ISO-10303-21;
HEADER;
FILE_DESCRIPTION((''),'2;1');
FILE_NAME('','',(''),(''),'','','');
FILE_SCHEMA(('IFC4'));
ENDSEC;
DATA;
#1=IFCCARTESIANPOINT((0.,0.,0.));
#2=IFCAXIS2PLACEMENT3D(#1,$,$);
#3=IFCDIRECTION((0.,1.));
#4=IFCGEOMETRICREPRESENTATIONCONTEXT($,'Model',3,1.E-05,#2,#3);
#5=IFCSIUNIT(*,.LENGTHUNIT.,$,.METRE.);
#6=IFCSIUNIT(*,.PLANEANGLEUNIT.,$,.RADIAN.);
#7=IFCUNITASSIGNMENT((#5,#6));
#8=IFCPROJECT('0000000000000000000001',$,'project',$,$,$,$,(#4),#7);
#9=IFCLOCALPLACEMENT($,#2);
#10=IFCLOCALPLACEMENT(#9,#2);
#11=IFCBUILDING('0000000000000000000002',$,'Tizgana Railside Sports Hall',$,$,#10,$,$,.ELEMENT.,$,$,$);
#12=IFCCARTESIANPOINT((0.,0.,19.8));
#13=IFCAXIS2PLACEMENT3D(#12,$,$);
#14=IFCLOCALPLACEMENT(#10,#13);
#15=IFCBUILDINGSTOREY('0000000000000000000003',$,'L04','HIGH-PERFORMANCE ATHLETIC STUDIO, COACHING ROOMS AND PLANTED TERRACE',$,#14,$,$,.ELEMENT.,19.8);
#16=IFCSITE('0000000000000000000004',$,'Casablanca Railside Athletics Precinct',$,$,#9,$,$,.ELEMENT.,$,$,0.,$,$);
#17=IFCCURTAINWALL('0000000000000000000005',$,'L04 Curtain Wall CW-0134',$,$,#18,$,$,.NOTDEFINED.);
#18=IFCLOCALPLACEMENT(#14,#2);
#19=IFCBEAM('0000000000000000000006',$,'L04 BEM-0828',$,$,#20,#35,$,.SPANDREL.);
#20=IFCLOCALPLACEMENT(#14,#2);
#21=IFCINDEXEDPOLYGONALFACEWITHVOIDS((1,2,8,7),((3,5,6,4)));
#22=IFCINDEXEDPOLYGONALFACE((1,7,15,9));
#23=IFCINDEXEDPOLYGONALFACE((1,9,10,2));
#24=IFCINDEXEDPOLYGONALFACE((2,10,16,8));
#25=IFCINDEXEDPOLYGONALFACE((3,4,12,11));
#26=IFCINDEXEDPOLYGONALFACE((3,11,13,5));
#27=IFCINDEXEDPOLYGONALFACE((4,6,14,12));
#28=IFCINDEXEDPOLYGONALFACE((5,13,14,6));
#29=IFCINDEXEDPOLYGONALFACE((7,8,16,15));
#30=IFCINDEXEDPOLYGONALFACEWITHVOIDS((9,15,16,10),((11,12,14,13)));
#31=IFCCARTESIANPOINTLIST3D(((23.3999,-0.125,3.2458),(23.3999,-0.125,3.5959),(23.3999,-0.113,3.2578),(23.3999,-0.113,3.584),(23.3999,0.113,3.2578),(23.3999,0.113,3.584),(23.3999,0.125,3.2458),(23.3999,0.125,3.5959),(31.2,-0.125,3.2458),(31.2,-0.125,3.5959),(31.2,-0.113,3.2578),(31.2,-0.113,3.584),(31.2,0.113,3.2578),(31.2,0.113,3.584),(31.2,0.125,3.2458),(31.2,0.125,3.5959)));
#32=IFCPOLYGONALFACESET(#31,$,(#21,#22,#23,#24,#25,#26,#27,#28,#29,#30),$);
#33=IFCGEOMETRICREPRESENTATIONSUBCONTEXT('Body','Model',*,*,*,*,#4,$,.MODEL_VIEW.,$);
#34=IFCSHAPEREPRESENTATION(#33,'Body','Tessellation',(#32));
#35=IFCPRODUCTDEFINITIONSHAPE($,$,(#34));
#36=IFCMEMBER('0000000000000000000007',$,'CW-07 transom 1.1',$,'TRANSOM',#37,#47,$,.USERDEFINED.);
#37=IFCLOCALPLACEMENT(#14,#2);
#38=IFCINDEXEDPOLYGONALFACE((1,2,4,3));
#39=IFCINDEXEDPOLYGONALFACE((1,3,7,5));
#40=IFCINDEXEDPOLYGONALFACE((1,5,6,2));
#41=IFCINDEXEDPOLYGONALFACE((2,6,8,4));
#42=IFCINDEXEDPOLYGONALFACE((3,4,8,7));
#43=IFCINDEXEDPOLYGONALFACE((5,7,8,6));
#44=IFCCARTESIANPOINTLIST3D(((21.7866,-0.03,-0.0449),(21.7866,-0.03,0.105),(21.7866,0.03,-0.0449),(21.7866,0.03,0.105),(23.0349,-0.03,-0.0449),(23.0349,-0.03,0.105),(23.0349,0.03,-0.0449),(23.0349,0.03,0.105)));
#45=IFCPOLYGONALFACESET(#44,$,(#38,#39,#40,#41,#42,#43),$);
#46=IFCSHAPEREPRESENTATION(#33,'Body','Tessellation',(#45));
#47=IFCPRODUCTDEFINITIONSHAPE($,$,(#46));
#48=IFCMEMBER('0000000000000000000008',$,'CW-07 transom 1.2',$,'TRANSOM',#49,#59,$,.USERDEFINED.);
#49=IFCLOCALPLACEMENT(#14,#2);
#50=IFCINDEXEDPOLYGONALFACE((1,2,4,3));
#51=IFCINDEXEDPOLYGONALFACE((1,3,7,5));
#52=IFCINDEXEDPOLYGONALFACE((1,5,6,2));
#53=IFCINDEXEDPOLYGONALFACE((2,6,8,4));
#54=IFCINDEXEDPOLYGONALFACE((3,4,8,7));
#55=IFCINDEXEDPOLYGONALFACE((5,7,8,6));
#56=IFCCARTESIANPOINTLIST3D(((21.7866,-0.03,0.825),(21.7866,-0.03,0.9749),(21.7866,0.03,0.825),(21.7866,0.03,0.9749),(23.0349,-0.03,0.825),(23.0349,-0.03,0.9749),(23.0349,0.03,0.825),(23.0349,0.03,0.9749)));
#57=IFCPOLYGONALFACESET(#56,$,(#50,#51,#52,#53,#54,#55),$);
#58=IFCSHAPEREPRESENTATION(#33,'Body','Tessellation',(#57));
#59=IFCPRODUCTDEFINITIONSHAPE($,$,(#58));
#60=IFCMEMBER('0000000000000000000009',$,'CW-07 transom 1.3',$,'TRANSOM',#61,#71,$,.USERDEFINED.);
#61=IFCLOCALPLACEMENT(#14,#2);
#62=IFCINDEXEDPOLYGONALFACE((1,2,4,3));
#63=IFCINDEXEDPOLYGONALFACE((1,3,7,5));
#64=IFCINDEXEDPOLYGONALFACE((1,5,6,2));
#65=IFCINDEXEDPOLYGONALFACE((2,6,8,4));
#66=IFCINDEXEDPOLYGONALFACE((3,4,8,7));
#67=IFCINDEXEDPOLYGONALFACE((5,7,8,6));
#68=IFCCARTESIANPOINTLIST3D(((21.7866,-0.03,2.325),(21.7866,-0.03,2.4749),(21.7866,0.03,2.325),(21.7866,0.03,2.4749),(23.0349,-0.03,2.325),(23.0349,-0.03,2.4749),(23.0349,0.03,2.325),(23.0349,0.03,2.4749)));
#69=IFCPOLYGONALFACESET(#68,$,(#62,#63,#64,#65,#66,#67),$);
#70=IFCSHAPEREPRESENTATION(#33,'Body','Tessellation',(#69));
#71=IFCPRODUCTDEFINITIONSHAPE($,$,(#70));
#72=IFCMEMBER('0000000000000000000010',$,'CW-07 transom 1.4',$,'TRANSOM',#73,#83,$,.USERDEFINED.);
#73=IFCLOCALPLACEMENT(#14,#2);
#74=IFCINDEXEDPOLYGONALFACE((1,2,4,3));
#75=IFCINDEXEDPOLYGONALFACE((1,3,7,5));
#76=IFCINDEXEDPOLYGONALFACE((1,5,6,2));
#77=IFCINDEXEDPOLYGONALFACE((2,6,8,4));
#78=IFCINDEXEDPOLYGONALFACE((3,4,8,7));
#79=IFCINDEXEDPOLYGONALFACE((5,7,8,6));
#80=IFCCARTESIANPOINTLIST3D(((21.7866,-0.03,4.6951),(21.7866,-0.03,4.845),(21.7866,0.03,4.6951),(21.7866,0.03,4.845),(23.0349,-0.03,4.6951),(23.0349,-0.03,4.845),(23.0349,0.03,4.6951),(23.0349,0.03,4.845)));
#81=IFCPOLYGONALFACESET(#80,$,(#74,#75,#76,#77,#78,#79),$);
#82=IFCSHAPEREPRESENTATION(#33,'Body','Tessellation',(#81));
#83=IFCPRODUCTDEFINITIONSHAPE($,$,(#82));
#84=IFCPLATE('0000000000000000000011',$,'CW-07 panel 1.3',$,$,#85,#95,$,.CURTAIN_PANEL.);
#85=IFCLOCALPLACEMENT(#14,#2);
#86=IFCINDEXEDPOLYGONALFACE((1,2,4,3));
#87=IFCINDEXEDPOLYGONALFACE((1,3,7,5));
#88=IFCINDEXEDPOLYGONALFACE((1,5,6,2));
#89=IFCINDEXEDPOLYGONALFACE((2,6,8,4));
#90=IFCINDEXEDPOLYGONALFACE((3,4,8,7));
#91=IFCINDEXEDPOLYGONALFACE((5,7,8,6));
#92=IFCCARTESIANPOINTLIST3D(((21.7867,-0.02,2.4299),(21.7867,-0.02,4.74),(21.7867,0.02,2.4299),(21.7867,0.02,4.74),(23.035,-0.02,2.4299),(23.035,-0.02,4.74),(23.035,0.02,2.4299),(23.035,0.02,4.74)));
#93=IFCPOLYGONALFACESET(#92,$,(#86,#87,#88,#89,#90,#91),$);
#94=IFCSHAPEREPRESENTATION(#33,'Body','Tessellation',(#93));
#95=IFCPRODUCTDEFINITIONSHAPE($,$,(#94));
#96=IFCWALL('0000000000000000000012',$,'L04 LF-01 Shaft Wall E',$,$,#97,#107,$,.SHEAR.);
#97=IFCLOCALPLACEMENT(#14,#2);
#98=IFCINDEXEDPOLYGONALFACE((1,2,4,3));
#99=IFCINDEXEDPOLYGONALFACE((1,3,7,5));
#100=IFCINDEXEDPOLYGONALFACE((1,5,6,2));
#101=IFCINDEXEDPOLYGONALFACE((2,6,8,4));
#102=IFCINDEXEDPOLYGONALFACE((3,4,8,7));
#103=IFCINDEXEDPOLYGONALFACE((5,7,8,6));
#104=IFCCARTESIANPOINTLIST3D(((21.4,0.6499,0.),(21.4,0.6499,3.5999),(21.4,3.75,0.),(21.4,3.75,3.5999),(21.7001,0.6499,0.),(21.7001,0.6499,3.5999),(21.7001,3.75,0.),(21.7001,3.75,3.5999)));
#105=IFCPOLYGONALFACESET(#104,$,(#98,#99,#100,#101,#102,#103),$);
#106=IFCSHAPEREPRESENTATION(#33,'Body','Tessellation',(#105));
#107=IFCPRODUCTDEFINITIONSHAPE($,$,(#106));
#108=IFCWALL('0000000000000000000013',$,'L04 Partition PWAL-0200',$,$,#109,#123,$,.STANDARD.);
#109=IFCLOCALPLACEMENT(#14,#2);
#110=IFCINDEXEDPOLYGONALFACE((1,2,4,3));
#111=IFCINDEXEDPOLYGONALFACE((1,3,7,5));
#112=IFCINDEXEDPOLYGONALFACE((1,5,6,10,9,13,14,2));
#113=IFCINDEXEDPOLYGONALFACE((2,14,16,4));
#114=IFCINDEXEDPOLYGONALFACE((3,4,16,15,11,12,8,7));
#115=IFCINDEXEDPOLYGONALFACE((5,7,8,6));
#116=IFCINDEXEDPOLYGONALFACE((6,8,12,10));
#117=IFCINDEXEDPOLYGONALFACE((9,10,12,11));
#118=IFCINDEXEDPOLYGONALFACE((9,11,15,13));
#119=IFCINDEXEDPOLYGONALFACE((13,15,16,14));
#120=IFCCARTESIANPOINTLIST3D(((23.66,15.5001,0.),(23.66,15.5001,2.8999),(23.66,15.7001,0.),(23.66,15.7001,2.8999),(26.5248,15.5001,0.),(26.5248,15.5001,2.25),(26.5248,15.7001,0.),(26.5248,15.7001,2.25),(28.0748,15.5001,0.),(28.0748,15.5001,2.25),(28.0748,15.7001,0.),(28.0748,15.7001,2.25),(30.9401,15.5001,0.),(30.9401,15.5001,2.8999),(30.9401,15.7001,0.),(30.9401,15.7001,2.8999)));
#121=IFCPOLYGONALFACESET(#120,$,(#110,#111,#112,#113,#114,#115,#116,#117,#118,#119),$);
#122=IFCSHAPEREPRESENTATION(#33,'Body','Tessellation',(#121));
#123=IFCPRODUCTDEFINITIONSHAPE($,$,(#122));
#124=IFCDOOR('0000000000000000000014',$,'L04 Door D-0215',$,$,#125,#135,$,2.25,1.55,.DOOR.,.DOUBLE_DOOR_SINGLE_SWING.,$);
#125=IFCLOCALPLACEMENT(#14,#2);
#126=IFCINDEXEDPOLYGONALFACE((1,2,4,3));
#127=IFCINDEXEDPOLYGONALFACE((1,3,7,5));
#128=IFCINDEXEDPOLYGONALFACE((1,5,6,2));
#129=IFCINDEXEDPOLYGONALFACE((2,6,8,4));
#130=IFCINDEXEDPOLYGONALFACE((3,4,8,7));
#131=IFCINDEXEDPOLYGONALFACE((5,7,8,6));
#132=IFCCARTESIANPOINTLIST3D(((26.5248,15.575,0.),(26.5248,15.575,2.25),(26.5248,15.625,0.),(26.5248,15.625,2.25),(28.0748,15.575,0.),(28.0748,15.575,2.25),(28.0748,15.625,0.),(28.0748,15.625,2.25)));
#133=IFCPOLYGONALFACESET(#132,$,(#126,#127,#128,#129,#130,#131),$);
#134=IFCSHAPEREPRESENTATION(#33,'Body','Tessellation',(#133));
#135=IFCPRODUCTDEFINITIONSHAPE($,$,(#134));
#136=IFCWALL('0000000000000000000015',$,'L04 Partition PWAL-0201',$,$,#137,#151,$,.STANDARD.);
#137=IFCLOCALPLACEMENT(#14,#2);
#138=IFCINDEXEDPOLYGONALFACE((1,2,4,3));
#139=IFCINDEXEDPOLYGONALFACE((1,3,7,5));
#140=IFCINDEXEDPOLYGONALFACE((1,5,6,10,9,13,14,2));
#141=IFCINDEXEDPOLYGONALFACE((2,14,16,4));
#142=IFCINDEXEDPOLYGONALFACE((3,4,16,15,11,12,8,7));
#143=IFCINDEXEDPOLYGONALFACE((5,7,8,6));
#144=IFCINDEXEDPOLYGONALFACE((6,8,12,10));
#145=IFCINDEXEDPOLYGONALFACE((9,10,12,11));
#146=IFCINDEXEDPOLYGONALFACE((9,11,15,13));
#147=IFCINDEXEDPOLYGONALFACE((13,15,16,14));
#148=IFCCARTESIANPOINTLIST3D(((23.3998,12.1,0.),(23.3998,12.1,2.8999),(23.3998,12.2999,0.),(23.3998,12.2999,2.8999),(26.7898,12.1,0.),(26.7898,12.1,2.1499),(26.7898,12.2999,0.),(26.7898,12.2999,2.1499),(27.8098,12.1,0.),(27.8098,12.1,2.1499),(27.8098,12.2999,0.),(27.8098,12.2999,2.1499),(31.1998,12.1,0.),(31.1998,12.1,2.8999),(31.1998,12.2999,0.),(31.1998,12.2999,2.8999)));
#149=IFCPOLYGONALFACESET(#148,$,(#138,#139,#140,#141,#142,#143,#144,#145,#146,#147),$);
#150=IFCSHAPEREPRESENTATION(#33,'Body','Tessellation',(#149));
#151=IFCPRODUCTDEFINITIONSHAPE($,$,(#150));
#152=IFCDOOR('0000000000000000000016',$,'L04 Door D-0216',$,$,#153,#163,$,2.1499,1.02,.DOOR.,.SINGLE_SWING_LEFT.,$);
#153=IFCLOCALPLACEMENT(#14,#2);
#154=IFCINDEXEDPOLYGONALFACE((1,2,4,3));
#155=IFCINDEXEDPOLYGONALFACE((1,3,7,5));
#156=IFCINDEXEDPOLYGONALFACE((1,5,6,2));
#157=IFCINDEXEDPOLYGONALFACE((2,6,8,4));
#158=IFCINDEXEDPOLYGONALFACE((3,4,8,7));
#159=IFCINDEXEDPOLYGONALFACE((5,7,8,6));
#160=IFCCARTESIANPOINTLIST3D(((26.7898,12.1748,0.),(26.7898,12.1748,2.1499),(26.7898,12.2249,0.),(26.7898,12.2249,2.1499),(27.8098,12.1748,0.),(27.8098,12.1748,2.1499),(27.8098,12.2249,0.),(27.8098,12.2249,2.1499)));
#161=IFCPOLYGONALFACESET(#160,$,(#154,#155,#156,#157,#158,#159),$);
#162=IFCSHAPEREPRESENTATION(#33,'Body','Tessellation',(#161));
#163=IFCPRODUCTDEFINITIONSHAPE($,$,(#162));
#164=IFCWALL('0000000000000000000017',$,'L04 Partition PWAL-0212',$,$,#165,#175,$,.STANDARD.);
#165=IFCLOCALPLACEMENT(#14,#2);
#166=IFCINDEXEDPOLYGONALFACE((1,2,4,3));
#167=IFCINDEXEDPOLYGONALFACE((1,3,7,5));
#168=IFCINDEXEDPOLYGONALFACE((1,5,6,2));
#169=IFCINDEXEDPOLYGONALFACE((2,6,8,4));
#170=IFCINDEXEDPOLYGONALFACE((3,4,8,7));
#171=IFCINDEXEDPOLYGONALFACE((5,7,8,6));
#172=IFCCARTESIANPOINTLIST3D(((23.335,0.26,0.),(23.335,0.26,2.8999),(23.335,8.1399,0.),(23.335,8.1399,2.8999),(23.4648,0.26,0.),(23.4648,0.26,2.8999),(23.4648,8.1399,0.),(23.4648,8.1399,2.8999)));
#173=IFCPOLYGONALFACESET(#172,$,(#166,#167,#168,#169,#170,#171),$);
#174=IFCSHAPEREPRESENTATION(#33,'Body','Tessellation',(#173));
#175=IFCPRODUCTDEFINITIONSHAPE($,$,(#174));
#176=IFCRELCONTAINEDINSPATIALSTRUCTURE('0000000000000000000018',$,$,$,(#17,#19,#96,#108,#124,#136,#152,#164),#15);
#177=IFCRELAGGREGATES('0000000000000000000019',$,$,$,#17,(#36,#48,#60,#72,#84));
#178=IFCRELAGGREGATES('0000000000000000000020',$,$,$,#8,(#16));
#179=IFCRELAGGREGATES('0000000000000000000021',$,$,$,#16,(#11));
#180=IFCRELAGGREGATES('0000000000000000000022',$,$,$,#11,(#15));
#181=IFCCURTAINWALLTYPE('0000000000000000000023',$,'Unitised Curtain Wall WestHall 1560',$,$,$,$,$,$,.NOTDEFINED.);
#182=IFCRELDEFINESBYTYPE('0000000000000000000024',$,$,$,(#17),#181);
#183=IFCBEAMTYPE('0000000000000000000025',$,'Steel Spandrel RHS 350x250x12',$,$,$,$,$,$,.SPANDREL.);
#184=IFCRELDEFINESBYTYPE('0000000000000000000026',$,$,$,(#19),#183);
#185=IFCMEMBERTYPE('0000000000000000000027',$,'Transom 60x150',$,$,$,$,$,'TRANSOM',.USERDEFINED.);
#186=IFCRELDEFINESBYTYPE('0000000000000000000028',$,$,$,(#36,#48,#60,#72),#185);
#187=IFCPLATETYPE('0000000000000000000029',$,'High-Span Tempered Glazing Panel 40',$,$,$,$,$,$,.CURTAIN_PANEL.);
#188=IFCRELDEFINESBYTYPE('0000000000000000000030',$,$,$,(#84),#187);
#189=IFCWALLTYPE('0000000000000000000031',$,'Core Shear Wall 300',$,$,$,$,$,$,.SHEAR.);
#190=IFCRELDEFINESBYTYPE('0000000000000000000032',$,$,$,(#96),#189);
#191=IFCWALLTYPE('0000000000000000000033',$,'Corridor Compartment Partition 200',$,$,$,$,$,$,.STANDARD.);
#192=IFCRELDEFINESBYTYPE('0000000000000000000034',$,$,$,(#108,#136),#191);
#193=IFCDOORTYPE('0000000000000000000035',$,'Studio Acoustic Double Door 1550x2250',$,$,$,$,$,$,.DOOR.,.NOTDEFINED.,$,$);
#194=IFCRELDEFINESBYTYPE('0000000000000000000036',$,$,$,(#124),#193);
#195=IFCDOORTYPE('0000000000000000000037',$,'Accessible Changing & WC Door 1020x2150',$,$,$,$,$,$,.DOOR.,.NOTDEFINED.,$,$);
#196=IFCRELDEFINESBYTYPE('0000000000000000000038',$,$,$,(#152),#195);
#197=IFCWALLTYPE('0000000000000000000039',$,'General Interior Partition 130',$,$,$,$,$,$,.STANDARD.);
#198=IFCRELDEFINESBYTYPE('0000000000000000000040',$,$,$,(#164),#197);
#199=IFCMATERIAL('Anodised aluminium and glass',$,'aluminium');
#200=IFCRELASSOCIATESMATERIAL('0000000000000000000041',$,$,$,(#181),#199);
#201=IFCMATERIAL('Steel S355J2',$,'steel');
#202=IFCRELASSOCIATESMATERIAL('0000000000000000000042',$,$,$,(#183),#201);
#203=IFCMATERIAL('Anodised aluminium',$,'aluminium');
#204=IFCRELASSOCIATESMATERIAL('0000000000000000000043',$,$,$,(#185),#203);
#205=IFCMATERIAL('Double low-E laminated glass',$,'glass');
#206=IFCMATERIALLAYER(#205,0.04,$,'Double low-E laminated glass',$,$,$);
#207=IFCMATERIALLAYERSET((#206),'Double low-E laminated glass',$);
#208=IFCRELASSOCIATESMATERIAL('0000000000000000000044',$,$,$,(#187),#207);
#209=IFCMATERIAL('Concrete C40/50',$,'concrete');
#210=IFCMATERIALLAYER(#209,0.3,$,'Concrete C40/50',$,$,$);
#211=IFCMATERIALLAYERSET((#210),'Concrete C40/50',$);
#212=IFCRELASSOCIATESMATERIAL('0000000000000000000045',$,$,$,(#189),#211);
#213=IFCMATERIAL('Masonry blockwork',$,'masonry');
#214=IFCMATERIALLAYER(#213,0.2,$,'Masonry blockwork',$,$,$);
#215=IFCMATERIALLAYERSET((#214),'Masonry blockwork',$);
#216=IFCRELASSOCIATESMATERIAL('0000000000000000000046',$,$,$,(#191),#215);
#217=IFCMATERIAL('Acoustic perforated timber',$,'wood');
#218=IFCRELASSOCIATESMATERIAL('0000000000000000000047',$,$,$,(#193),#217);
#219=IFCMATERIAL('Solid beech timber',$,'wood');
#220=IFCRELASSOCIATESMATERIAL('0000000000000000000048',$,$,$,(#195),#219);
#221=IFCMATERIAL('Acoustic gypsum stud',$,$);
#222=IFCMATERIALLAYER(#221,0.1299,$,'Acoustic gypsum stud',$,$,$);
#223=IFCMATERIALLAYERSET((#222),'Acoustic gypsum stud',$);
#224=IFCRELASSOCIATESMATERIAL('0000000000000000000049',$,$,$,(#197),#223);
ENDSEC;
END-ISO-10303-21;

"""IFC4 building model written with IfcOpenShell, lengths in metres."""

from ifc_helpers import new_model, si_unit, direction, frame, frame_2d, origin, origin_2d, place, context, subcontext, project, spatial, rectangle, hollow_rectangle, extrude, material, layer, layer_set, material_profile, profile_set, type_object, element, fill, aggregate, save


model = new_model("IFC4")

# Units and contexts
model_context = context("Model", 3, precision=1e-05, world=origin(), true_north=direction((0.0, 1.0)))
body_context = subcontext(model_context, "Body", "Model", "MODEL_VIEW")
ifc_project = project(units=[si_unit("LENGTHUNIT", "METRE"), si_unit("PLANEANGLEUNIT", "RADIAN")], contexts=[model_context])

# Site, building, storey
site_placement = place(None, origin())
site = spatial("IfcSite", under=ifc_project, at=site_placement, Name="Casablanca Railside Athletics Precinct", CompositionType="ELEMENT", RefElevation=0.0)
building_placement = place(site_placement, origin())
building = spatial("IfcBuilding", under=site, at=building_placement, Name="Tizgana Railside Sports Hall", CompositionType="ELEMENT")
storey_placement = place(building_placement, frame((0.0, 0.0, 19.8)))
storey = spatial("IfcBuildingStorey", under=building, at=storey_placement, Name="L04", Description="HIGH-PERFORMANCE ATHLETIC STUDIO, COACHING ROOMS AND PLANTED TERRACE", CompositionType="ELEMENT", Elevation=19.8)

# Curtain wall
ifc_material_1 = material(Name="Anodised aluminium and glass", Category="aluminium")
curtain_wall_type = type_object("IfcCurtainWallType", Name="Unitised Curtain Wall WestHall 1560", PredefinedType="NOTDEFINED", material=ifc_material_1)
curtain_wall_placement = place(storey_placement, origin())
curtain_wall = element("IfcCurtainWall", 1, at=curtain_wall_placement, inside=storey, type_object=curtain_wall_type, Name="L04 Curtain Wall CW-0134", PredefinedType="NOTDEFINED")
ifc_material_2 = material(Name="Anodised aluminium", Category="aluminium")

# Beam
ifc_material_3 = material(Name="Steel S355J2", Category="steel")
ifc_material_profile_1 = material_profile(ifc_material_3, hollow_rectangle(XDim=0.25, YDim=0.3501, WallThickness=0.012, at=origin_2d()), Name="RHS 350x250x12")
ifc_profile_set_1 = profile_set([ifc_material_profile_1], Name="Steel S355J2")
beam_type_1 = type_object("IfcBeamType", Name="Steel Spandrel RHS 350x250x12", PredefinedType="SPANDREL", material=ifc_profile_set_1)
beam_1_placement = place(storey_placement, frame((23.3999, 0.0, 3.4209), z_axis=(1.0, 0.0, 0.0), x_axis=(0.0, 1.0, 0.0)))
element("IfcBeam", 2, at=beam_1_placement, inside=storey, type_object=beam_type_1, Name="L04 BEM-0828", PredefinedType="SPANDREL", context=body_context, shape_type="SweptSolid", body=[
    extrude(hollow_rectangle(XDim=0.25, YDim=0.3501, WallThickness=0.012, at=origin_2d()), origin(), (0.0, 0.0, 1.0), 7.8),
])

# Members
ifc_material_profile_2 = material_profile(ifc_material_2, rectangle(XDim=0.0601, YDim=0.1499, at=origin_2d()), Name="Transom 60x150")
ifc_profile_set_2 = profile_set([ifc_material_profile_2], Name="Anodised aluminium")
member_type_1 = type_object("IfcMemberType", Name="Transom 60x150", ElementType="TRANSOM", PredefinedType="USERDEFINED", material=ifc_profile_set_2)
member_1_placement = place(storey_placement, frame((23.0349, 0.0, 0.03), z_axis=(-1.0, 0.0, 0.0), x_axis=(0.0, -1.0, 0.0)))
member_1 = element("IfcMember", 3, at=member_1_placement, type_object=member_type_1, Name="CW-07 transom 1.1", ObjectType="TRANSOM", PredefinedType="USERDEFINED", context=body_context, shape_type="SweptSolid", body=[
    extrude(rectangle(XDim=0.0601, YDim=0.1499, at=origin_2d()), origin(), (0.0, 0.0, 1.0), 1.2483),
])
member_2_placement = place(storey_placement, frame((23.0349, 0.0, 0.8999), z_axis=(-1.0, 0.0, 0.0), x_axis=(0.0, -1.0, 0.0)))
member_2 = element("IfcMember", 4, at=member_2_placement, type_object=member_type_1, Name="CW-07 transom 1.2", ObjectType="TRANSOM", PredefinedType="USERDEFINED", context=body_context, shape_type="SweptSolid", body=[
    extrude(rectangle(XDim=0.0601, YDim=0.1499, at=origin_2d()), origin(), (0.0, 0.0, 1.0), 1.2483),
])
member_3_placement = place(storey_placement, frame((23.0349, 0.0, 2.3999), z_axis=(-1.0, 0.0, 0.0), x_axis=(0.0, -1.0, 0.0)))
member_3 = element("IfcMember", 5, at=member_3_placement, type_object=member_type_1, Name="CW-07 transom 1.3", ObjectType="TRANSOM", PredefinedType="USERDEFINED", context=body_context, shape_type="SweptSolid", body=[
    extrude(rectangle(XDim=0.0601, YDim=0.1499, at=origin_2d()), origin(), (0.0, 0.0, 1.0), 1.2483),
])
member_4_placement = place(storey_placement, frame((23.0349, 0.0, 4.77), z_axis=(-1.0, 0.0, 0.0), x_axis=(0.0, -1.0, 0.0)))
member_4 = element("IfcMember", 6, at=member_4_placement, type_object=member_type_1, Name="CW-07 transom 1.4", ObjectType="TRANSOM", PredefinedType="USERDEFINED", context=body_context, shape_type="SweptSolid", body=[
    extrude(rectangle(XDim=0.0601, YDim=0.1499, at=origin_2d()), origin(), (0.0, 0.0, 1.0), 1.2483),
])

# Plate
ifc_material_4 = material(Name="Double low-E laminated glass", Category="glass")
ifc_layer_1 = layer(ifc_material_4, 0.04, Name="Double low-E laminated glass")
ifc_layer_set_1 = layer_set([ifc_layer_1], Name="Double low-E laminated glass")
plate_type = type_object("IfcPlateType", Name="High-Span Tempered Glazing Panel 40", PredefinedType="CURTAIN_PANEL", material=ifc_layer_set_1)
plate_placement = place(storey_placement, frame((22.4109, 0.0, 2.4299), z_axis=(0.0, 0.0, 1.0), x_axis=(-1.0, 0.0, 0.0)))
plate = element("IfcPlate", 7, at=plate_placement, type_object=plate_type, Name="CW-07 panel 1.3", PredefinedType="CURTAIN_PANEL", context=body_context, shape_type="SweptSolid", body=[
    extrude(rectangle(XDim=1.2483, YDim=0.04, at=origin_2d()), origin(), (0.0, 0.0, 1.0), 2.3101),
])
aggregate(curtain_wall, [member_1, member_2, member_3, member_4, plate])

# Wall
ifc_material_5 = material(Name="Concrete C40/50", Category="concrete")
ifc_layer_2 = layer(ifc_material_5, 0.3, Name="Concrete C40/50")
ifc_layer_set_2 = layer_set([ifc_layer_2], Name="Concrete C40/50")
wall_type_1 = type_object("IfcWallType", Name="Core Shear Wall 300", PredefinedType="SHEAR", material=ifc_layer_set_2)
wall_1_placement = place(storey_placement, frame((21.55, 0.6499, 0.0), z_axis=(0.0, 0.0, 1.0), x_axis=(0.0, 1.0, 0.0)))
element("IfcWall", 8, at=wall_1_placement, inside=storey, type_object=wall_type_1, Name="L04 LF-01 Shaft Wall E", PredefinedType="SHEAR", context=body_context, shape_type="SweptSolid", body=[
    extrude(rectangle(XDim=3.1001, YDim=0.3, at=frame_2d((1.55, 0.0))), origin(), (0.0, 0.0, 1.0), 3.5999),
])

# Walls, openings, doors
ifc_material_6 = material(Name="Masonry blockwork", Category="masonry")
ifc_layer_3 = layer(ifc_material_6, 0.2, Name="Masonry blockwork")
ifc_layer_set_3 = layer_set([ifc_layer_3], Name="Masonry blockwork")
wall_type_2 = type_object("IfcWallType", Name="Corridor Compartment Partition 200", PredefinedType="STANDARD", material=ifc_layer_set_3)
wall_2_placement = place(storey_placement, frame((23.6599, 15.6001, 0.0), z_axis=(0.0, 0.0, 1.0), x_axis=(1.0, 0.0, 0.0)))
wall_2 = element("IfcWall", 9, at=wall_2_placement, inside=storey, type_object=wall_type_2, Name="L04 Partition PWAL-0200", PredefinedType="STANDARD", context=body_context, shape_type="SweptSolid", body=[
    extrude(rectangle(XDim=7.28, YDim=0.2, at=frame_2d((3.6401, 0.0))), origin(), (0.0, 0.0, 1.0), 2.8999),
])
opening_1_placement = place(wall_2_placement, frame((2.865, 0.0, 0.0)))
opening_1 = element("IfcOpeningElement", 10, at=opening_1_placement, cuts=wall_2, PredefinedType="OPENING", context=body_context, shape_type="SweptSolid", body=[
    extrude(rectangle(XDim=1.55, YDim=2.25, at=frame_2d((0.7749, 1.125))), frame((0.0, 0.1099, 0.0), z_axis=(0.0, -1.0, 0.0), x_axis=(1.0, 0.0, 0.0)), (0.0, 0.0, 1.0), 0.22),
])
ifc_material_7 = material(Name="Acoustic perforated timber", Category="wood")
door_type_1 = type_object("IfcDoorType", Name="Studio Acoustic Double Door 1550x2250", OperationType="NOTDEFINED", PredefinedType="DOOR", material=ifc_material_7)
door_1_placement = place(opening_1_placement, origin())
door_1 = element("IfcDoor", 11, at=door_1_placement, inside=storey, type_object=door_type_1, Name="L04 Door D-0215", OperationType="DOUBLE_DOOR_SINGLE_SWING", OverallHeight=2.25, OverallWidth=1.55, PredefinedType="DOOR", context=body_context, shape_type="SweptSolid", body=[
    extrude(rectangle(XDim=1.55, YDim=2.25, at=frame_2d((0.7749, 1.125))), frame((0.0, 0.0249, 0.0), z_axis=(0.0, -1.0, 0.0), x_axis=(1.0, 0.0, 0.0)), (0.0, 0.0, 1.0), 0.05),
])
fill(opening_1, door_1)
wall_3_placement = place(storey_placement, frame((23.3999, 12.2, 0.0), z_axis=(0.0, 0.0, 1.0), x_axis=(1.0, 0.0, 0.0)))
wall_3 = element("IfcWall", 12, at=wall_3_placement, inside=storey, type_object=wall_type_2, Name="L04 Partition PWAL-0201", PredefinedType="STANDARD", context=body_context, shape_type="SweptSolid", body=[
    extrude(rectangle(XDim=7.8, YDim=0.2, at=frame_2d((3.8999, 0.0))), origin(), (0.0, 0.0, 1.0), 2.8999),
])
opening_2_placement = place(wall_3_placement, frame((3.3899, 0.0, 0.0)))
opening_2 = element("IfcOpeningElement", 13, at=opening_2_placement, cuts=wall_3, PredefinedType="OPENING", context=body_context, shape_type="SweptSolid", body=[
    extrude(rectangle(XDim=1.02, YDim=2.1499, at=frame_2d((0.51, 1.075))), frame((0.0, 0.1099, 0.0), z_axis=(0.0, -1.0, 0.0), x_axis=(1.0, 0.0, 0.0)), (0.0, 0.0, 1.0), 0.22),
])
ifc_material_8 = material(Name="Solid beech timber", Category="wood")
door_type_2 = type_object("IfcDoorType", Name="Accessible Changing & WC Door 1020x2150", OperationType="NOTDEFINED", PredefinedType="DOOR", material=ifc_material_8)
door_2_placement = place(opening_2_placement, origin())
door_2 = element("IfcDoor", 14, at=door_2_placement, inside=storey, type_object=door_type_2, Name="L04 Door D-0216", OperationType="SINGLE_SWING_LEFT", OverallHeight=2.1499, OverallWidth=1.02, PredefinedType="DOOR", context=body_context, shape_type="SweptSolid", body=[
    extrude(rectangle(XDim=1.02, YDim=2.1499, at=frame_2d((0.51, 1.075))), frame((0.0, 0.0249, 0.0), z_axis=(0.0, -1.0, 0.0), x_axis=(1.0, 0.0, 0.0)), (0.0, 0.0, 1.0), 0.05),
])
fill(opening_2, door_2)

# Wall
ifc_material_9 = material(Name="Acoustic gypsum stud")
ifc_layer_4 = layer(ifc_material_9, 0.1299, Name="Acoustic gypsum stud")
ifc_layer_set_4 = layer_set([ifc_layer_4], Name="Acoustic gypsum stud")
wall_type_3 = type_object("IfcWallType", Name="General Interior Partition 130", PredefinedType="STANDARD", material=ifc_layer_set_4)
wall_4_placement = place(storey_placement, frame((23.3999, 0.26, 0.0), z_axis=(0.0, 0.0, 1.0), x_axis=(0.0, 1.0, 0.0)))
element("IfcWall", 15, at=wall_4_placement, inside=storey, type_object=wall_type_3, Name="L04 Partition PWAL-0212", PredefinedType="STANDARD", context=body_context, shape_type="SweptSolid", body=[
    extrude(rectangle(XDim=7.8799, YDim=0.1299, at=frame_2d((3.9399, 0.0))), origin(), (0.0, 0.0, 1.0), 2.8999),
])

save(model, "model.ifc")
